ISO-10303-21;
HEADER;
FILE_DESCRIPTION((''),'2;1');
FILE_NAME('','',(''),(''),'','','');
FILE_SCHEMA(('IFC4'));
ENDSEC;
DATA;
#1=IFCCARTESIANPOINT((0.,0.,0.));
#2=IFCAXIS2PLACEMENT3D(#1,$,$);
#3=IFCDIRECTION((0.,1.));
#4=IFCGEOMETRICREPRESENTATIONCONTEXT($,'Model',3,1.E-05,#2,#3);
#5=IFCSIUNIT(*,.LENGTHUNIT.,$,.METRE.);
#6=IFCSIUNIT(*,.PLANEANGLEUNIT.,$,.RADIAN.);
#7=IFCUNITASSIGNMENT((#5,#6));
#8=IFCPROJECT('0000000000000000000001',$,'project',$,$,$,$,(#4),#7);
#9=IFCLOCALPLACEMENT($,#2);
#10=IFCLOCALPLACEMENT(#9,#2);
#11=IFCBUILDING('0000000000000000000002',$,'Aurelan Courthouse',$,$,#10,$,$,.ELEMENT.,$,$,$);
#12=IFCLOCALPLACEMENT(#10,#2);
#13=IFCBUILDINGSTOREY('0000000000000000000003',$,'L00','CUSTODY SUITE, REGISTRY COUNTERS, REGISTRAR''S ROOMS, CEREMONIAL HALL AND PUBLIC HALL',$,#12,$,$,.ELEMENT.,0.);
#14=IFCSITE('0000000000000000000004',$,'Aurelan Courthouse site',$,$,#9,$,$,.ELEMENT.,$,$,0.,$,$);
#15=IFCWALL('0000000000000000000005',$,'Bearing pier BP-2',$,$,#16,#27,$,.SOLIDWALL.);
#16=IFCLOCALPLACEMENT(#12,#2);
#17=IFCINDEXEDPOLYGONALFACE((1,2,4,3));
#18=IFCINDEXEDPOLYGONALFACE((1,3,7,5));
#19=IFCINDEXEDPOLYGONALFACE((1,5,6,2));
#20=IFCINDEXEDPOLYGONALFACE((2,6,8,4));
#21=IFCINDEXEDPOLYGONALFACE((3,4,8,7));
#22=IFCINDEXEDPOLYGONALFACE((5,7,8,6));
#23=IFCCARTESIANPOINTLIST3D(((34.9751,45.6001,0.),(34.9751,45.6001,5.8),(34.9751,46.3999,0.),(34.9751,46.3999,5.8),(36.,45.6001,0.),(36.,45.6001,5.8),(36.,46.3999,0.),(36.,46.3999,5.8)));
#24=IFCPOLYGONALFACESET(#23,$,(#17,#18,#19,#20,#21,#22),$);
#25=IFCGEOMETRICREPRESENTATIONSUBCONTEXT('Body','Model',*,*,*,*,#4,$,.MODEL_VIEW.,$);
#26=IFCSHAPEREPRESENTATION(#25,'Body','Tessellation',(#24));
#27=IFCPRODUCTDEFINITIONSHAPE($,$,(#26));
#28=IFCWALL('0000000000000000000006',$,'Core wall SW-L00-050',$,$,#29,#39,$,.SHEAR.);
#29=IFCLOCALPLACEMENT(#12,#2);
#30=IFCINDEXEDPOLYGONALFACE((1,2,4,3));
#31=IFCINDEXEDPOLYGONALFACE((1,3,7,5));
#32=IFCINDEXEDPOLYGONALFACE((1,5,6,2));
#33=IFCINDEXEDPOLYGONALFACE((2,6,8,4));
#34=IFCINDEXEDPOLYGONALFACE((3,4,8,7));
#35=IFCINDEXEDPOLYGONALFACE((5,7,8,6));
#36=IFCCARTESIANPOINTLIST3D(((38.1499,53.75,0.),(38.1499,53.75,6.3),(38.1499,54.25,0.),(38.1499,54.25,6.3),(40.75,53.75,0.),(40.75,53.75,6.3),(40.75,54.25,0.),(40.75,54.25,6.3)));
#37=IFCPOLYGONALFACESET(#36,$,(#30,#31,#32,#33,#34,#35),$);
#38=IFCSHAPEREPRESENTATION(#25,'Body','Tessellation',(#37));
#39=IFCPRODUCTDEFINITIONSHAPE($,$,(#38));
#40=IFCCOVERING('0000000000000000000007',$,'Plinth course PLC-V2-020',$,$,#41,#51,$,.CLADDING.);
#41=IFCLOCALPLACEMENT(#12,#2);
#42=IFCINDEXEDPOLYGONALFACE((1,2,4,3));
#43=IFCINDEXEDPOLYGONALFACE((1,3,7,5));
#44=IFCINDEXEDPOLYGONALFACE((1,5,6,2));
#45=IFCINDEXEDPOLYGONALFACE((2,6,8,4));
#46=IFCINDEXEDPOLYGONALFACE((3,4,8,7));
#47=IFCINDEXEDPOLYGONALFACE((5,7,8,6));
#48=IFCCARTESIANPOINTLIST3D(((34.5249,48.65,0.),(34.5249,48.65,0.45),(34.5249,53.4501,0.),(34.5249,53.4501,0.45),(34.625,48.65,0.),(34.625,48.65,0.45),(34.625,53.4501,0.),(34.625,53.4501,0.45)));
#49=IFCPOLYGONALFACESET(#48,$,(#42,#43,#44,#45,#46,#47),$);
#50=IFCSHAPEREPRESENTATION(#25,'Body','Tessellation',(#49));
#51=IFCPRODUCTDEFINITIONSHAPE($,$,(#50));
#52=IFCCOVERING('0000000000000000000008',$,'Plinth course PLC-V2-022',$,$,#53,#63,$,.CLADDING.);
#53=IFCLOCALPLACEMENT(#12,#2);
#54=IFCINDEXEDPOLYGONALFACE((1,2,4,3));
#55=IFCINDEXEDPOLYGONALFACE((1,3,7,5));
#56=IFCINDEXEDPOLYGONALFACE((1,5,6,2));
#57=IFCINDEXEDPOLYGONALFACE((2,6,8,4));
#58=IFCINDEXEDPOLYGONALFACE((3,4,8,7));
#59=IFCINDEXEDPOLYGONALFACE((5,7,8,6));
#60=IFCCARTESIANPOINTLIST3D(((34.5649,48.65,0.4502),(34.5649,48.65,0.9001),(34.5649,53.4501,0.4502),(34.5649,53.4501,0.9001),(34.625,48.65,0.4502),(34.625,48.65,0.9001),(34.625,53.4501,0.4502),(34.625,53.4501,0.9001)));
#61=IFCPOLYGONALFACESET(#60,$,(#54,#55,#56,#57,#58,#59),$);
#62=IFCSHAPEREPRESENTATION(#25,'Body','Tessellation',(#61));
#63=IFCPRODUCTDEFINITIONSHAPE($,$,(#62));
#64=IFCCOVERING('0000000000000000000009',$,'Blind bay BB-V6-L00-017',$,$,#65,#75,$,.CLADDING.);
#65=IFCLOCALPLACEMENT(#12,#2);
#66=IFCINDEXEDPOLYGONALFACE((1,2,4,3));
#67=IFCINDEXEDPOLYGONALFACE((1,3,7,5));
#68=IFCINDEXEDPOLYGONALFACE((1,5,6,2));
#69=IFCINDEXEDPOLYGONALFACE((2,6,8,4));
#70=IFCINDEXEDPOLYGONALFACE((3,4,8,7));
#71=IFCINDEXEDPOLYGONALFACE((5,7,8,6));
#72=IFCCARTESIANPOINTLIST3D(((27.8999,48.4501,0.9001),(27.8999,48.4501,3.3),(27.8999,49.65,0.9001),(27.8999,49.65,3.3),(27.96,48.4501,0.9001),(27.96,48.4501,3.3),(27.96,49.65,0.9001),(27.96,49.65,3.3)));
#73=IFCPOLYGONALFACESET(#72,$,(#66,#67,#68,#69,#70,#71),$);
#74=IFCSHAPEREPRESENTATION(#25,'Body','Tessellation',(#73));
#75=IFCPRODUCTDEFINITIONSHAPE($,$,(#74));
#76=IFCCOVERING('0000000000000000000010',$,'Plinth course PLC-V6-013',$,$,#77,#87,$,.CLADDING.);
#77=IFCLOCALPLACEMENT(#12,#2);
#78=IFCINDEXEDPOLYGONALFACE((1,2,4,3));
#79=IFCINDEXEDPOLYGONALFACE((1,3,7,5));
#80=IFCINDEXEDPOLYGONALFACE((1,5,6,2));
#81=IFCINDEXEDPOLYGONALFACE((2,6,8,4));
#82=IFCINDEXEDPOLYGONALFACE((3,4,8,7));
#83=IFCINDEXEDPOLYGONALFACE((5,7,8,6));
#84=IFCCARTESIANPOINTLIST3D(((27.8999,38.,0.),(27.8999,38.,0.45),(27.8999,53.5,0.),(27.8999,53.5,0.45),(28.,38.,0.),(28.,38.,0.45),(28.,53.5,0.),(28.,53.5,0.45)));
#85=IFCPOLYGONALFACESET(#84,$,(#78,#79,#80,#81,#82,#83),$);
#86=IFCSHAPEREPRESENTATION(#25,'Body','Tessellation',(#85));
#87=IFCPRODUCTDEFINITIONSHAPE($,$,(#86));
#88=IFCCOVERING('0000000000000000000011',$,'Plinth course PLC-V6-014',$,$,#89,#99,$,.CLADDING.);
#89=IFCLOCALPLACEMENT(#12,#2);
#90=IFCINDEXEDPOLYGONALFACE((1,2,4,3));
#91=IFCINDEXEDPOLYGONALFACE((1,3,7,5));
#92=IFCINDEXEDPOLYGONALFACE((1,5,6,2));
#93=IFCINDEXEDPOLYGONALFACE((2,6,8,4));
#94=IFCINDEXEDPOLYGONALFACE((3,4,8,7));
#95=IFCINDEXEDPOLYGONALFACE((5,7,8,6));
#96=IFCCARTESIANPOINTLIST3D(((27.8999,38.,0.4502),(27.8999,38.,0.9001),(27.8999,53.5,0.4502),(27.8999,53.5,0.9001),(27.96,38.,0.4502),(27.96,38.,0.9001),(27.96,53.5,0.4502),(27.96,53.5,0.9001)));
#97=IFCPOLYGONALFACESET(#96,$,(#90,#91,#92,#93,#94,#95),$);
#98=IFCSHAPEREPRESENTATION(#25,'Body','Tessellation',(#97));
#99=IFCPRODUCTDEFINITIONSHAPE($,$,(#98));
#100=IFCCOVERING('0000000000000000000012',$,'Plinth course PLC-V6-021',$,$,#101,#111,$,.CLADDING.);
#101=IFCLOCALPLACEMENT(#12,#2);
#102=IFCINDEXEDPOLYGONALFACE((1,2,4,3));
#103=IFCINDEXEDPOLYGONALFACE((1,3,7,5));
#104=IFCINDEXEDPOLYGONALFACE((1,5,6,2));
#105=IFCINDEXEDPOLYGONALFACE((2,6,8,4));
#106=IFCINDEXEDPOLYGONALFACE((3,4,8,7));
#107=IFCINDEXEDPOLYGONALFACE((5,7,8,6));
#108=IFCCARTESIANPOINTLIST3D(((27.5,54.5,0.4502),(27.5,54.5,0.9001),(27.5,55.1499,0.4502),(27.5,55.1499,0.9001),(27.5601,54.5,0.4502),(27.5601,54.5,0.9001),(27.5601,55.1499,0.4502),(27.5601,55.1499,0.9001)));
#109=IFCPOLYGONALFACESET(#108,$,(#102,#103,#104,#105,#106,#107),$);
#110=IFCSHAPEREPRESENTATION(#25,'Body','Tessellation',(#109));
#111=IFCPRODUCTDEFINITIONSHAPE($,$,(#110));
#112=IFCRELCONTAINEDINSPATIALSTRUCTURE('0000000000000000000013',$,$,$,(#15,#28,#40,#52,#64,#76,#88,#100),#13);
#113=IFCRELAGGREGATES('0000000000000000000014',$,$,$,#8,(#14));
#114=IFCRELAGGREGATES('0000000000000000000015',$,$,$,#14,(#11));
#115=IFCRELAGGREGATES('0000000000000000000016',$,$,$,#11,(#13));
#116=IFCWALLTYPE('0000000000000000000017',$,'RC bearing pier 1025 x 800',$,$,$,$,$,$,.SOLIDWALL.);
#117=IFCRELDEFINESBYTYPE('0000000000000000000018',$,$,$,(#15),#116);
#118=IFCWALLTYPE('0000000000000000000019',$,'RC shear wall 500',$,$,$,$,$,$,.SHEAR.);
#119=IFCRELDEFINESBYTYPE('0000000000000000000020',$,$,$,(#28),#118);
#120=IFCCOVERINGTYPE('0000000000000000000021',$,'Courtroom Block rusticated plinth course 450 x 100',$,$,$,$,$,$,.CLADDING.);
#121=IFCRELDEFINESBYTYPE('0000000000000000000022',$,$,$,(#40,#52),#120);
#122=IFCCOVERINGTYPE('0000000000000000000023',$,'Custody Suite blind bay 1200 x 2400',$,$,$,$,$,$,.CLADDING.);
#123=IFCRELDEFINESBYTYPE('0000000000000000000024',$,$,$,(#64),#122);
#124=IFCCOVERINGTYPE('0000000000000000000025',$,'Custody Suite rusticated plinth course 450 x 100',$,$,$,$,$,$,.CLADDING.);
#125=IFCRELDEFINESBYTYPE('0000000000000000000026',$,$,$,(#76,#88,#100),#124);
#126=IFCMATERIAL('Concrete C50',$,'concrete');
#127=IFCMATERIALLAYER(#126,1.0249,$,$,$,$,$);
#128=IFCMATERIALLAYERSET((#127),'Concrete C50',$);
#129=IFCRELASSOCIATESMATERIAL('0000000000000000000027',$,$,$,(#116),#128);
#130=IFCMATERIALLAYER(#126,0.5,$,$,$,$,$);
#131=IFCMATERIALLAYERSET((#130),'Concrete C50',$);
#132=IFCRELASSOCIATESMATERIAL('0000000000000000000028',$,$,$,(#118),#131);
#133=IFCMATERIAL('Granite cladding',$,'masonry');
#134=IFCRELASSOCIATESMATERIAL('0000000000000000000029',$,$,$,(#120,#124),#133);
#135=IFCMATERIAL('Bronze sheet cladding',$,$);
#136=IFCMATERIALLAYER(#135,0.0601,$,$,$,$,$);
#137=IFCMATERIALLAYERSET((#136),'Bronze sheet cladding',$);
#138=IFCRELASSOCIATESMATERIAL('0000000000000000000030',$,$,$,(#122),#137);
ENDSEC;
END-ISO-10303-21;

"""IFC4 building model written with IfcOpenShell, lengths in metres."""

from ifc_helpers import new_model, si_unit, direction, frame, frame_2d, origin, origin_2d, place, context, subcontext, project, spatial, rectangle, extrude, material, layer, layer_set, type_object, element, save


model = new_model("IFC4")

# Units and contexts
model_context = context("Model", 3, precision=1e-05, world=origin(), true_north=direction((0.0, 1.0)))
body_context = subcontext(model_context, "Body", "Model", "MODEL_VIEW")
ifc_project = project(units=[si_unit("LENGTHUNIT", "METRE"), si_unit("PLANEANGLEUNIT", "RADIAN")], contexts=[model_context])

# Site, building, storey
site_placement = place(None, origin())
site = spatial("IfcSite", under=ifc_project, at=site_placement, Name="Aurelan Courthouse site", CompositionType="ELEMENT", RefElevation=0.0)
building_placement = place(site_placement, origin())
building = spatial("IfcBuilding", under=site, at=building_placement, Name="Aurelan Courthouse", CompositionType="ELEMENT")
storey_placement = place(building_placement, origin())
storey = spatial("IfcBuildingStorey", under=building, at=storey_placement, Name="L00", Description="CUSTODY SUITE, REGISTRY COUNTERS, REGISTRAR'S ROOMS, CEREMONIAL HALL AND PUBLIC HALL", CompositionType="ELEMENT", Elevation=0.0)

# Shared definitions
ifc_material_1 = material(Name="Concrete C50", Category="concrete")

# Shared definitions
ifc_material_2 = material(Name="Granite cladding", Category="masonry")

# Walls
ifc_layer_1 = layer(ifc_material_1, 1.0249)
ifc_layer_set_1 = layer_set([ifc_layer_1], Name="Concrete C50")
wall_type_1 = type_object("IfcWallType", Name="RC bearing pier 1025 x 800", PredefinedType="SOLIDWALL", material=ifc_layer_set_1)
wall_1_placement = place(storey_placement, frame((35.4875, 45.6001, 0.0), z_axis=(0.0, 0.0, 1.0), x_axis=(0.0, 1.0, 0.0)))
element("IfcWall", 1, at=wall_1_placement, inside=storey, type_object=wall_type_1, Name="Bearing pier BP-2", PredefinedType="SOLIDWALL", context=body_context, shape_type="SweptSolid", body=[
    extrude(rectangle(XDim=0.7998, YDim=1.0249, at=frame_2d((0.3999, 0.0))), origin(), (0.0, 0.0, 1.0), 5.8),
])
ifc_layer_2 = layer(ifc_material_1, 0.5)
ifc_layer_set_2 = layer_set([ifc_layer_2], Name="Concrete C50")
wall_type_2 = type_object("IfcWallType", Name="RC shear wall 500", PredefinedType="SHEAR", material=ifc_layer_set_2)
wall_2_placement = place(storey_placement, frame((38.1499, 54.0, 0.0), z_axis=(0.0, 0.0, 1.0), x_axis=(1.0, 0.0, 0.0)))
element("IfcWall", 2, at=wall_2_placement, inside=storey, type_object=wall_type_2, Name="Core wall SW-L00-050", PredefinedType="SHEAR", context=body_context, shape_type="SweptSolid", body=[
    extrude(rectangle(XDim=2.6001, YDim=0.5, at=frame_2d((1.3, 0.0))), origin(), (0.0, 0.0, 1.0), 6.3),
])

# Coverings
covering_type_1 = type_object("IfcCoveringType", Name="Courtroom Block rusticated plinth course 450 x 100", PredefinedType="CLADDING", material=ifc_material_2)
covering_1_placement = place(storey_placement, frame((34.575, 51.05, 0.0), z_axis=(0.0, 0.0, 1.0), x_axis=(1.0, 0.0, 0.0)))
element("IfcCovering", 3, at=covering_1_placement, inside=storey, type_object=covering_type_1, Name="Plinth course PLC-V2-020", PredefinedType="CLADDING", context=body_context, shape_type="SweptSolid", body=[
    extrude(rectangle(XDim=0.1001, YDim=4.8, at=origin_2d()), origin(), (0.0, 0.0, 1.0), 0.45),
])
covering_2_placement = place(storey_placement, frame((34.595, 51.05, 0.4502), z_axis=(0.0, 0.0, 1.0), x_axis=(1.0, 0.0, 0.0)))
element("IfcCovering", 4, at=covering_2_placement, inside=storey, type_object=covering_type_1, Name="Plinth course PLC-V2-022", PredefinedType="CLADDING", context=body_context, shape_type="SweptSolid", body=[
    extrude(rectangle(XDim=0.0601, YDim=4.8, at=origin_2d()), origin(), (0.0, 0.0, 1.0), 0.45),
])
ifc_material_3 = material(Name="Bronze sheet cladding")
ifc_layer_3 = layer(ifc_material_3, 0.0601)
ifc_layer_set_3 = layer_set([ifc_layer_3], Name="Bronze sheet cladding")
covering_type_2 = type_object("IfcCoveringType", Name="Custody Suite blind bay 1200 x 2400", PredefinedType="CLADDING", material=ifc_layer_set_3)
covering_3_placement = place(storey_placement, frame((27.9299, 49.05, 0.9001), z_axis=(0.0, 0.0, 1.0), x_axis=(1.0, 0.0, 0.0)))
element("IfcCovering", 5, at=covering_3_placement, inside=storey, type_object=covering_type_2, Name="Blind bay BB-V6-L00-017", PredefinedType="CLADDING", context=body_context, shape_type="SweptSolid", body=[
    extrude(rectangle(XDim=0.0601, YDim=1.2, at=origin_2d()), origin(), (0.0, 0.0, 1.0), 2.3999),
])
covering_type_3 = type_object("IfcCoveringType", Name="Custody Suite rusticated plinth course 450 x 100", PredefinedType="CLADDING", material=ifc_material_2)
covering_4_placement = place(storey_placement, frame((27.95, 45.75, 0.0), z_axis=(0.0, 0.0, 1.0), x_axis=(1.0, 0.0, 0.0)))
element("IfcCovering", 6, at=covering_4_placement, inside=storey, type_object=covering_type_3, Name="Plinth course PLC-V6-013", PredefinedType="CLADDING", context=body_context, shape_type="SweptSolid", body=[
    extrude(rectangle(XDim=0.1001, YDim=15.5, at=origin_2d()), origin(), (0.0, 0.0, 1.0), 0.45),
])
covering_5_placement = place(storey_placement, frame((27.9299, 45.75, 0.4502), z_axis=(0.0, 0.0, 1.0), x_axis=(1.0, 0.0, 0.0)))
element("IfcCovering", 7, at=covering_5_placement, inside=storey, type_object=covering_type_3, Name="Plinth course PLC-V6-014", PredefinedType="CLADDING", context=body_context, shape_type="SweptSolid", body=[
    extrude(rectangle(XDim=0.0601, YDim=15.5, at=origin_2d()), origin(), (0.0, 0.0, 1.0), 0.45),
])
covering_6_placement = place(storey_placement, frame((27.53, 54.825, 0.4502), z_axis=(0.0, 0.0, 1.0), x_axis=(1.0, 0.0, 0.0)))
element("IfcCovering", 8, at=covering_6_placement, inside=storey, type_object=covering_type_3, Name="Plinth course PLC-V6-021", PredefinedType="CLADDING", context=body_context, shape_type="SweptSolid", body=[
    extrude(rectangle(XDim=0.0601, YDim=0.6499, at=origin_2d()), origin(), (0.0, 0.0, 1.0), 0.45),
])

save(model, "model.ifc")
